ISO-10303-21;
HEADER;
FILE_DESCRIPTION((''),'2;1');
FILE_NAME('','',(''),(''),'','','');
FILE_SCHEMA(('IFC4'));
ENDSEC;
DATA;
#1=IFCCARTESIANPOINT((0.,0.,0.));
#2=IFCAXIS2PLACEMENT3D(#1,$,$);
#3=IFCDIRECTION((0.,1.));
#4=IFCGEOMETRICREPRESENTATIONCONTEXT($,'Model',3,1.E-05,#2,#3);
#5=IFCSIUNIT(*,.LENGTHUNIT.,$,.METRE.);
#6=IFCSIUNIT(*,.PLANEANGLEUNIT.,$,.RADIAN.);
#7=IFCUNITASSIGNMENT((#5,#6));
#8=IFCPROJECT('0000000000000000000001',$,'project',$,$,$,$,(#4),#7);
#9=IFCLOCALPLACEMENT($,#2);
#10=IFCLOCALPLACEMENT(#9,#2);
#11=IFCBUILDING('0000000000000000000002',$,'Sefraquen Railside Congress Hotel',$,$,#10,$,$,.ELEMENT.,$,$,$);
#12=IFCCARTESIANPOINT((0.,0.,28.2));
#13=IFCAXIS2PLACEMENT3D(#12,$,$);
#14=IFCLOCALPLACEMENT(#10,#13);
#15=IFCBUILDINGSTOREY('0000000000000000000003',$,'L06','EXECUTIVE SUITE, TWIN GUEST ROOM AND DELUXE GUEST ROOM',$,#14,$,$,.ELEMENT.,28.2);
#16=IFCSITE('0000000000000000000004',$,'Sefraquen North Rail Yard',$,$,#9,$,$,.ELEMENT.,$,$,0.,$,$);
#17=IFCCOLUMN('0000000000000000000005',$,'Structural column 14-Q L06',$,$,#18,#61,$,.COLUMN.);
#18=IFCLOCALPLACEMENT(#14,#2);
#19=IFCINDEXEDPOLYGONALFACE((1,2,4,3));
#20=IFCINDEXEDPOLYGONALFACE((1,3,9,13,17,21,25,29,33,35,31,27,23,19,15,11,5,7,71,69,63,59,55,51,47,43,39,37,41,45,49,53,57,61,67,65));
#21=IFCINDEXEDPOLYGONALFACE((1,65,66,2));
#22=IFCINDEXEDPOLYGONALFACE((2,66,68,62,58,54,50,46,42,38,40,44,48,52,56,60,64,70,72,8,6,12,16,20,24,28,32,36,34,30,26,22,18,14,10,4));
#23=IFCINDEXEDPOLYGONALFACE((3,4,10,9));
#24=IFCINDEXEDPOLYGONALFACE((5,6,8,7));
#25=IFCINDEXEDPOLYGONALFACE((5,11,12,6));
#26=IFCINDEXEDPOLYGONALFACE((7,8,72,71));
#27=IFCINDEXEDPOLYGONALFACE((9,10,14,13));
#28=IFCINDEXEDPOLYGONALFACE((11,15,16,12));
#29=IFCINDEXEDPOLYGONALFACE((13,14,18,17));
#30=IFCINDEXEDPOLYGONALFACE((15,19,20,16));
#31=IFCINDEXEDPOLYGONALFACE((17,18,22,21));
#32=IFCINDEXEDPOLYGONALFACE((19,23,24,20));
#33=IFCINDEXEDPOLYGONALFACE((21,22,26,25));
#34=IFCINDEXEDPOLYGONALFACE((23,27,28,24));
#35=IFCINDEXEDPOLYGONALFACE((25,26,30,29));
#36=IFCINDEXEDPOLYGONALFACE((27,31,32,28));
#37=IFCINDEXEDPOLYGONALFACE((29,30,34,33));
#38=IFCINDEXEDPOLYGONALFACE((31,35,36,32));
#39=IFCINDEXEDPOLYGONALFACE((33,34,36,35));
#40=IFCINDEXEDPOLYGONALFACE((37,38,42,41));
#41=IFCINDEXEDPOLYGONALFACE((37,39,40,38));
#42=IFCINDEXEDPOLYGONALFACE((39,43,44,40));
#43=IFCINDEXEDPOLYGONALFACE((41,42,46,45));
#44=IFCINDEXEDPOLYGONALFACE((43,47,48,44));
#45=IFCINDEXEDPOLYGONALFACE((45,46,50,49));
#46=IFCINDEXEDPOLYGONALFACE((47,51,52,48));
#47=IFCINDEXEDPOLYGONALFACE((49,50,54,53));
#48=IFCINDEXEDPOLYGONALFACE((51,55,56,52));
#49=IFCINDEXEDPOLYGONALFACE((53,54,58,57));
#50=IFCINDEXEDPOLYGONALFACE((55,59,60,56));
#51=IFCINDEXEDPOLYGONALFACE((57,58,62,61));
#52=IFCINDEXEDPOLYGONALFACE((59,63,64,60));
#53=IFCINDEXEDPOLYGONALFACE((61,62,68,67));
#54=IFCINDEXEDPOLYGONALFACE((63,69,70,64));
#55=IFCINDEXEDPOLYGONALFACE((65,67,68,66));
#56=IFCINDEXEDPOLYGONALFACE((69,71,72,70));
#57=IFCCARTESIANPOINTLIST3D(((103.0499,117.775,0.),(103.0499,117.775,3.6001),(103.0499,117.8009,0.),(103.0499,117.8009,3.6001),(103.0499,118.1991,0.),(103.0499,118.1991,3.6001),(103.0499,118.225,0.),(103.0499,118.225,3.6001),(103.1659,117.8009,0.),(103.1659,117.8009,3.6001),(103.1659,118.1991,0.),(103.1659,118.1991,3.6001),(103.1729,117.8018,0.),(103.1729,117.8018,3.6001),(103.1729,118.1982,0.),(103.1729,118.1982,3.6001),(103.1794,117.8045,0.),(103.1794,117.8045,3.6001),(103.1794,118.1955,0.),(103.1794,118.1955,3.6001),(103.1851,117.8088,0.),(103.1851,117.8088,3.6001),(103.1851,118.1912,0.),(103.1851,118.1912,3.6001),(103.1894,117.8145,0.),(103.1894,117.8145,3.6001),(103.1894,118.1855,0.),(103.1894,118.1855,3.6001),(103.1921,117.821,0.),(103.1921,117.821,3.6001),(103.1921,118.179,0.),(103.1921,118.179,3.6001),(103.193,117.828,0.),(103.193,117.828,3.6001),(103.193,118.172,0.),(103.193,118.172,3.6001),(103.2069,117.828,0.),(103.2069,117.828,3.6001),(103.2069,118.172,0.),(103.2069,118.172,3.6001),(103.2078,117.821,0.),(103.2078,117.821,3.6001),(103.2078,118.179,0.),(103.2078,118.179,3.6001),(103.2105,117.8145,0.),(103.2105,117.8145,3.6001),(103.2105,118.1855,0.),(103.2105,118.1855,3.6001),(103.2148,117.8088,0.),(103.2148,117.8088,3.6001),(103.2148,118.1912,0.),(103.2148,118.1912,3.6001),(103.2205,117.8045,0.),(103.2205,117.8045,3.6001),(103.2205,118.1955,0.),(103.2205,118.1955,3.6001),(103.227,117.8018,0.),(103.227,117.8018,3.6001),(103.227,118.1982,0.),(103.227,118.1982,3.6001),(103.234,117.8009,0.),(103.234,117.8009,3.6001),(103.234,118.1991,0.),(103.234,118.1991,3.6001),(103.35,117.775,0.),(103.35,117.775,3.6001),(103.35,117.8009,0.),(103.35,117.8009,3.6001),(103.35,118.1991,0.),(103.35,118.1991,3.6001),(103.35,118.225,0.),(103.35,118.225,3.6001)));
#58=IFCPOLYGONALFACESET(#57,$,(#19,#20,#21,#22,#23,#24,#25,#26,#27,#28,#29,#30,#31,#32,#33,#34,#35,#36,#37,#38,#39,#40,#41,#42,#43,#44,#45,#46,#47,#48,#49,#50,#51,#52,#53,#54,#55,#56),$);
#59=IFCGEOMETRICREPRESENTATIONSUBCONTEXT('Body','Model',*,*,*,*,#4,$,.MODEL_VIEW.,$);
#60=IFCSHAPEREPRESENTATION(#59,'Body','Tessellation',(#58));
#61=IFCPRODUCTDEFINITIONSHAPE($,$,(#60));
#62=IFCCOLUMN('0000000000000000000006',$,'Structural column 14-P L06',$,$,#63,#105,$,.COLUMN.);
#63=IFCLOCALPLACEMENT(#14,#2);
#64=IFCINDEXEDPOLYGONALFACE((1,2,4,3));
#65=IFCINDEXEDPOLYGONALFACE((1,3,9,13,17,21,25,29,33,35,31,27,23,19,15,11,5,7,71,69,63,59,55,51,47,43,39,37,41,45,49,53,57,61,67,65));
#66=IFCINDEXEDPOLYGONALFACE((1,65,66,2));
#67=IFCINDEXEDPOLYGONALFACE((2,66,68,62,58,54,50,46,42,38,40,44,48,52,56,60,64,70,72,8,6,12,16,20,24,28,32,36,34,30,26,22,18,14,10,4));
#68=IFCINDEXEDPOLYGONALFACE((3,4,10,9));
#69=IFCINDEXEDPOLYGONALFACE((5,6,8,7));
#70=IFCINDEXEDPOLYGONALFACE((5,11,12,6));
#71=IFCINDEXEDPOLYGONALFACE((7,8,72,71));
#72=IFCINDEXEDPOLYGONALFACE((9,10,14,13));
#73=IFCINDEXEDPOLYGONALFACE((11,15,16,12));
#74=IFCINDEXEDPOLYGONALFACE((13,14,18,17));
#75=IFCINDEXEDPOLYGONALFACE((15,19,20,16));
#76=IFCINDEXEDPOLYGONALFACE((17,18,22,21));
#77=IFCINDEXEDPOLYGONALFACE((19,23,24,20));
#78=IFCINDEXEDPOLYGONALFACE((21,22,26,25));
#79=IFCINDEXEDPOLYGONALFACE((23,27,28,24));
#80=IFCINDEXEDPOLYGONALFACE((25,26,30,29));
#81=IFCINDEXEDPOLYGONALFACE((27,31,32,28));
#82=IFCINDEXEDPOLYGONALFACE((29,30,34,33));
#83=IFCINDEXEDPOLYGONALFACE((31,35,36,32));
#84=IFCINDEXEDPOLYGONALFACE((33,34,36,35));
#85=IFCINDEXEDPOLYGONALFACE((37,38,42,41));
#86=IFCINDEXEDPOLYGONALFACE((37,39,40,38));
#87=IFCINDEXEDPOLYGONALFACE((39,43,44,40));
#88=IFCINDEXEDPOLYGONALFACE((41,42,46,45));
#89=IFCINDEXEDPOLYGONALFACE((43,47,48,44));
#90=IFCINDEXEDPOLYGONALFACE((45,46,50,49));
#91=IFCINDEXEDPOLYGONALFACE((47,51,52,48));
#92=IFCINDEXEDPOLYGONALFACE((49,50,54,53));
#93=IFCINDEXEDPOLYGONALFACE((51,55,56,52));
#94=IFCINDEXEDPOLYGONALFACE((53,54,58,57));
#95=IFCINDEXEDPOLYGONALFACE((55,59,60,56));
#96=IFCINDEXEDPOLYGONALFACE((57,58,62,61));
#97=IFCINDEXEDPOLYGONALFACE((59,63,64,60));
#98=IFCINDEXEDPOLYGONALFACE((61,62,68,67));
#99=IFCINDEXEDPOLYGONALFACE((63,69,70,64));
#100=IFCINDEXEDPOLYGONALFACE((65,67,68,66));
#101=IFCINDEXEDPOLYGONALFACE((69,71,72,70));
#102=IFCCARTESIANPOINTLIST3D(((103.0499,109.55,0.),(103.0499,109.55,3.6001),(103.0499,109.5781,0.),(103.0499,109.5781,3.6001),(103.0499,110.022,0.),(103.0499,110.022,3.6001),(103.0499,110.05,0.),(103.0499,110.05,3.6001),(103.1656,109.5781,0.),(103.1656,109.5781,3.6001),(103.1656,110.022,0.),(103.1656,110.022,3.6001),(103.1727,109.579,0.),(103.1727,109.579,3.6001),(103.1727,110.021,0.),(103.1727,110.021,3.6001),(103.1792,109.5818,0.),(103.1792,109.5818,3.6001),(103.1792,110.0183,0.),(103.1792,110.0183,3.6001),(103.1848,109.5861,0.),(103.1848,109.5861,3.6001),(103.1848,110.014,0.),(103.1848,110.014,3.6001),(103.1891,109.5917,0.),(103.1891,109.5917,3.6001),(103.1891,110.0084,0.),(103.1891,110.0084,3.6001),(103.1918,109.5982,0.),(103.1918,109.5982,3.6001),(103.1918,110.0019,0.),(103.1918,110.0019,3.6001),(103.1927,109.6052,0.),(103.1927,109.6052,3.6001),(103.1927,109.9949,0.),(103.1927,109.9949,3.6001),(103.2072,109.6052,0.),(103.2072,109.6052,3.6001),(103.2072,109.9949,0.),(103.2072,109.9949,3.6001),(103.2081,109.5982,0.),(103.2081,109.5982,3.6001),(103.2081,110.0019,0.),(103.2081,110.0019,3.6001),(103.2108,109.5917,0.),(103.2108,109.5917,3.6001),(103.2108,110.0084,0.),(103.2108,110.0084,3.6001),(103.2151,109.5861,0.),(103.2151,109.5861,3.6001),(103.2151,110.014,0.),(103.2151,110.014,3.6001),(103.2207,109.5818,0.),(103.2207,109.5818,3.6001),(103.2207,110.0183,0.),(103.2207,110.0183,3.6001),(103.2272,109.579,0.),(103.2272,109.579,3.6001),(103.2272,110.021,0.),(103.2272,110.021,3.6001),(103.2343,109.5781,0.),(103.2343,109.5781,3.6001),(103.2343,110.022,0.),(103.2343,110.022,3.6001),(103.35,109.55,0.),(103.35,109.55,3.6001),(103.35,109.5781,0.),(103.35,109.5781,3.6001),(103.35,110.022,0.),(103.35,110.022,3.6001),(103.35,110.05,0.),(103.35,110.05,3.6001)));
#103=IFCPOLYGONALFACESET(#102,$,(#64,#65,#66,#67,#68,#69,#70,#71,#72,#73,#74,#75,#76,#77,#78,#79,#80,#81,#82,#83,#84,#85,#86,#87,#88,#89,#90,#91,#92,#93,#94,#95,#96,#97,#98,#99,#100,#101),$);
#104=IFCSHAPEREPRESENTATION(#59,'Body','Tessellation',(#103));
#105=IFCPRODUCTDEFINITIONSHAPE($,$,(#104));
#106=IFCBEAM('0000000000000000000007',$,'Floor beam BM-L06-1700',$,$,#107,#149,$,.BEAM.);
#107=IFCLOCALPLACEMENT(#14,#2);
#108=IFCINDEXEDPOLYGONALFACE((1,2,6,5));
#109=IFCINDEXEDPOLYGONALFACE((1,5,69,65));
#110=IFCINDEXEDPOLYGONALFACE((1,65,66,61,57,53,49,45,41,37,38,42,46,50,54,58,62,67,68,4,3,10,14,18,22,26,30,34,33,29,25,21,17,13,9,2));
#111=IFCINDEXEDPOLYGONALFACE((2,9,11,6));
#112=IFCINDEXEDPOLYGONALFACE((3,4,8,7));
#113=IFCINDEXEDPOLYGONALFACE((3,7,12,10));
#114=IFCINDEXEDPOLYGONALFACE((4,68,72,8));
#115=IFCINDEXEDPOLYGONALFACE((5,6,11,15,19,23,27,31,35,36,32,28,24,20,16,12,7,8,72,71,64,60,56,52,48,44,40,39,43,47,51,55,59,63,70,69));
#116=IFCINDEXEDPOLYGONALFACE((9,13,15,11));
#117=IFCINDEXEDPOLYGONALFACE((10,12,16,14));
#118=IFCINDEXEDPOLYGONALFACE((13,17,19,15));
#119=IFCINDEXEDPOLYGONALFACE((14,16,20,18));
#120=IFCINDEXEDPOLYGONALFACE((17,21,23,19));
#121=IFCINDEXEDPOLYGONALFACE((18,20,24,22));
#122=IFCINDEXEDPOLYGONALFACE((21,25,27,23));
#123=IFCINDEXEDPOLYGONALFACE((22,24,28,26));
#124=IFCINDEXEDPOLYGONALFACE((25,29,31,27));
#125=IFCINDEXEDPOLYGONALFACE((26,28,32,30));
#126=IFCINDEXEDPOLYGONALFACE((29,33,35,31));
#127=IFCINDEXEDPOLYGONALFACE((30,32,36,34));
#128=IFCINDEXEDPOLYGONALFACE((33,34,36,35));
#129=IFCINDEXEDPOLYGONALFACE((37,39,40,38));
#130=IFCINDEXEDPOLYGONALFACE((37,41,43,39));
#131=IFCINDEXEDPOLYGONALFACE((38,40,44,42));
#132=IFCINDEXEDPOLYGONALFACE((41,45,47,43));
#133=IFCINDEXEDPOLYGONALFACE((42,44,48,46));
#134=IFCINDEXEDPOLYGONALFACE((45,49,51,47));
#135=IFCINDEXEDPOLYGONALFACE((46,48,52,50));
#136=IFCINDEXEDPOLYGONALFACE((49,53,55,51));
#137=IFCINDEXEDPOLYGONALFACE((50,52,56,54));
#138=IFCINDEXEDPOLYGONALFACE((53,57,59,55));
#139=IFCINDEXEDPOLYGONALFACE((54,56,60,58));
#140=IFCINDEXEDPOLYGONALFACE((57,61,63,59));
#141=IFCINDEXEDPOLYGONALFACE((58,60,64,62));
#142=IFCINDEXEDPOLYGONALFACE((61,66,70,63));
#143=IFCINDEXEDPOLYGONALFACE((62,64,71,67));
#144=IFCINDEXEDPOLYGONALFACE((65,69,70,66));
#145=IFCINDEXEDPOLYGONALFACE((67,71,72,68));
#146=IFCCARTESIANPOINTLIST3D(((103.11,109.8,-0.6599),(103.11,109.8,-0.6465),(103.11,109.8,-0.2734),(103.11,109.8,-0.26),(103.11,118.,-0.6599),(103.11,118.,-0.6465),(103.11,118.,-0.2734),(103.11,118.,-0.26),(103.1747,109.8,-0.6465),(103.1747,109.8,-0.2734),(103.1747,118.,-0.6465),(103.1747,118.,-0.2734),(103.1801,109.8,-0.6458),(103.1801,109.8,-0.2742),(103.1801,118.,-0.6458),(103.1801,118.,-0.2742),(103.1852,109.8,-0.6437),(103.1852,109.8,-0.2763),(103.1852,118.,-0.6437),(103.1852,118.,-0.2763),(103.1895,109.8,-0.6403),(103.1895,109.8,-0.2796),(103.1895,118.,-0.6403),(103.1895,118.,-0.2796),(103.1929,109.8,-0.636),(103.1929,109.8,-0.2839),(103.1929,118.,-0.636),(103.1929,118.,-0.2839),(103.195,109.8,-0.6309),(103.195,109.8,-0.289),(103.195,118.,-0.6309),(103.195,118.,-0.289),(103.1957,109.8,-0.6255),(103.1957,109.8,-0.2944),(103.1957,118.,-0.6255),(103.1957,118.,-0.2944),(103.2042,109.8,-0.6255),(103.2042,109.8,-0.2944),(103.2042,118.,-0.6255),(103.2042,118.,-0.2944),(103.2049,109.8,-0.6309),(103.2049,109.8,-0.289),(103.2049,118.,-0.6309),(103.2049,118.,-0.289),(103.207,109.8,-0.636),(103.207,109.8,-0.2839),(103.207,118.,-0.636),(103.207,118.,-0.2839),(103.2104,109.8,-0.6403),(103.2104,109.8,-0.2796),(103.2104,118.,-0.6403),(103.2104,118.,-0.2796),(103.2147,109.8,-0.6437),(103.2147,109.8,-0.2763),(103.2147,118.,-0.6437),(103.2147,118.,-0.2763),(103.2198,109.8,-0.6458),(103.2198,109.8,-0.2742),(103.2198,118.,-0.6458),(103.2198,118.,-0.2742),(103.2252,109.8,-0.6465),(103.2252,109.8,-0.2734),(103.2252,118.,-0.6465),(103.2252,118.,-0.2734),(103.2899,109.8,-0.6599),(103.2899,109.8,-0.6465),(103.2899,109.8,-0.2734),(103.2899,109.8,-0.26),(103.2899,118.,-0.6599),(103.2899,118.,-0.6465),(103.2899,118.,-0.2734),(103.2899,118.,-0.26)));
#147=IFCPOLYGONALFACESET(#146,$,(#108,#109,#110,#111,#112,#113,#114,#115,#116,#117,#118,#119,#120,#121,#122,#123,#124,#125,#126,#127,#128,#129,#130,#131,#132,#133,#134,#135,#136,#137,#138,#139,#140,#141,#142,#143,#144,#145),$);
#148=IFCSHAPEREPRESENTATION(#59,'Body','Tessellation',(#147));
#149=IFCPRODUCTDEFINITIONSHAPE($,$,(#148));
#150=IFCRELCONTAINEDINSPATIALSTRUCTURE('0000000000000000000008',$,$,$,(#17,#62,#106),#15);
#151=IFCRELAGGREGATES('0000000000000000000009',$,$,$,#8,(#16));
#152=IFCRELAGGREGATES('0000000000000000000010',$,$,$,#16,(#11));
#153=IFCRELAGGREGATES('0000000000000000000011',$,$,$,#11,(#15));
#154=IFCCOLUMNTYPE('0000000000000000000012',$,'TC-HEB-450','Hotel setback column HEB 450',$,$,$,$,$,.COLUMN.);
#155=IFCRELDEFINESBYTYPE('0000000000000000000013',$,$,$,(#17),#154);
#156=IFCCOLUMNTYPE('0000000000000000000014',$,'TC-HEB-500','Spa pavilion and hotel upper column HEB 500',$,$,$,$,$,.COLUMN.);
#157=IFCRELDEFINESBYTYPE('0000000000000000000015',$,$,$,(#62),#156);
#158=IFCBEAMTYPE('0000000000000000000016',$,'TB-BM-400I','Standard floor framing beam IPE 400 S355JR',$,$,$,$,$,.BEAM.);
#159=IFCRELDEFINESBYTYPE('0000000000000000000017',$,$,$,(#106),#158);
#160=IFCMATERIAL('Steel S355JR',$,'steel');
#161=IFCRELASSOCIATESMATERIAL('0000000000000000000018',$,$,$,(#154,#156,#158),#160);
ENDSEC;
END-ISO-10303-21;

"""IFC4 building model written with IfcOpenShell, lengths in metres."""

from ifc_helpers import new_model, si_unit, direction, frame, origin, origin_2d, place, context, subcontext, project, spatial, i_section, extrude, material, material_profile, profile_set, type_object, element, save


model = new_model("IFC4")

# Units and contexts
model_context = context("Model", 3, precision=1e-05, world=origin(), true_north=direction((0.0, 1.0)))
body_context = subcontext(model_context, "Body", "Model", "MODEL_VIEW")
ifc_project = project(units=[si_unit("LENGTHUNIT", "METRE"), si_unit("PLANEANGLEUNIT", "RADIAN")], contexts=[model_context])

# Site, building, storey
site_placement = place(None, origin())
site = spatial("IfcSite", under=ifc_project, at=site_placement, Name="Sefraquen North Rail Yard", CompositionType="ELEMENT", RefElevation=0.0)
building_placement = place(site_placement, origin())
building = spatial("IfcBuilding", under=site, at=building_placement, Name="Sefraquen Railside Congress Hotel", CompositionType="ELEMENT")
storey_placement = place(building_placement, frame((0.0, 0.0, 28.2)))
storey = spatial("IfcBuildingStorey", under=building, at=storey_placement, Name="L06", Description="EXECUTIVE SUITE, TWIN GUEST ROOM AND DELUXE GUEST ROOM", CompositionType="ELEMENT", Elevation=28.2)

# Columns
ifc_material_1 = material(Name="Steel S355JR", Category="steel")
ifc_material_profile_1 = material_profile(ifc_material_1, i_section(OverallWidth=0.3, OverallDepth=0.45, WebThickness=0.0139, FlangeThickness=0.0259, FilletRadius=0.0271, at=origin_2d()), Name="HEB 450")
ifc_profile_set_1 = profile_set([ifc_material_profile_1], Name="Steel S355JR")
column_type_1 = type_object("IfcColumnType", Name="TC-HEB-450", Description="Hotel setback column HEB 450", PredefinedType="COLUMN", material=ifc_profile_set_1)
column_1_placement = place(storey_placement, frame((103.2, 118.0, 0.0), z_axis=(0.0, 0.0, 1.0), x_axis=(1.0, 0.0, 0.0)))
element("IfcColumn", 1, at=column_1_placement, inside=storey, type_object=column_type_1, Name="Structural column 14-Q L06", PredefinedType="COLUMN", context=body_context, shape_type="SweptSolid", body=[
    extrude(i_section(OverallWidth=0.3, OverallDepth=0.45, WebThickness=0.0139, FlangeThickness=0.0259, FilletRadius=0.0271, at=origin_2d()), origin(), (0.0, 0.0, 1.0), 3.6001),
])
ifc_material_profile_2 = material_profile(ifc_material_1, i_section(OverallWidth=0.3, OverallDepth=0.5, WebThickness=0.0144, FlangeThickness=0.0281, FilletRadius=0.0271, at=origin_2d()), Name="HEB 500")
ifc_profile_set_2 = profile_set([ifc_material_profile_2], Name="Steel S355JR")
column_type_2 = type_object("IfcColumnType", Name="TC-HEB-500", Description="Spa pavilion and hotel upper column HEB 500", PredefinedType="COLUMN", material=ifc_profile_set_2)
column_2_placement = place(storey_placement, frame((103.2, 109.8, 0.0), z_axis=(0.0, 0.0, 1.0), x_axis=(1.0, 0.0, 0.0)))
element("IfcColumn", 2, at=column_2_placement, inside=storey, type_object=column_type_2, Name="Structural column 14-P L06", PredefinedType="COLUMN", context=body_context, shape_type="SweptSolid", body=[
    extrude(i_section(OverallWidth=0.3, OverallDepth=0.5, WebThickness=0.0144, FlangeThickness=0.0281, FilletRadius=0.0271, at=origin_2d()), origin(), (0.0, 0.0, 1.0), 3.6001),
])

# Beam
ifc_material_profile_3 = material_profile(ifc_material_1, i_section(OverallWidth=0.1799, OverallDepth=0.3999, WebThickness=0.0085, FlangeThickness=0.0134, FilletRadius=0.021, at=origin_2d()), Name="IPE 400")
ifc_profile_set_3 = profile_set([ifc_material_profile_3], Name="Steel S355JR")
beam_type_1 = type_object("IfcBeamType", Name="TB-BM-400I", Description="Standard floor framing beam IPE 400 S355JR", PredefinedType="BEAM", material=ifc_profile_set_3)
beam_placement = place(storey_placement, frame((103.2, 109.8, -0.46), z_axis=(0.0, 1.0, 0.0), x_axis=(-1.0, 0.0, 0.0)))
element("IfcBeam", 3, at=beam_placement, inside=storey, type_object=beam_type_1, Name="Floor beam BM-L06-1700", PredefinedType="BEAM", context=body_context, shape_type="SweptSolid", body=[
    extrude(i_section(OverallWidth=0.1799, OverallDepth=0.3999, WebThickness=0.0085, FlangeThickness=0.0134, FilletRadius=0.021, at=origin_2d()), origin(), (0.0, 0.0, 1.0), 8.2),
])

save(model, "model.ifc")
